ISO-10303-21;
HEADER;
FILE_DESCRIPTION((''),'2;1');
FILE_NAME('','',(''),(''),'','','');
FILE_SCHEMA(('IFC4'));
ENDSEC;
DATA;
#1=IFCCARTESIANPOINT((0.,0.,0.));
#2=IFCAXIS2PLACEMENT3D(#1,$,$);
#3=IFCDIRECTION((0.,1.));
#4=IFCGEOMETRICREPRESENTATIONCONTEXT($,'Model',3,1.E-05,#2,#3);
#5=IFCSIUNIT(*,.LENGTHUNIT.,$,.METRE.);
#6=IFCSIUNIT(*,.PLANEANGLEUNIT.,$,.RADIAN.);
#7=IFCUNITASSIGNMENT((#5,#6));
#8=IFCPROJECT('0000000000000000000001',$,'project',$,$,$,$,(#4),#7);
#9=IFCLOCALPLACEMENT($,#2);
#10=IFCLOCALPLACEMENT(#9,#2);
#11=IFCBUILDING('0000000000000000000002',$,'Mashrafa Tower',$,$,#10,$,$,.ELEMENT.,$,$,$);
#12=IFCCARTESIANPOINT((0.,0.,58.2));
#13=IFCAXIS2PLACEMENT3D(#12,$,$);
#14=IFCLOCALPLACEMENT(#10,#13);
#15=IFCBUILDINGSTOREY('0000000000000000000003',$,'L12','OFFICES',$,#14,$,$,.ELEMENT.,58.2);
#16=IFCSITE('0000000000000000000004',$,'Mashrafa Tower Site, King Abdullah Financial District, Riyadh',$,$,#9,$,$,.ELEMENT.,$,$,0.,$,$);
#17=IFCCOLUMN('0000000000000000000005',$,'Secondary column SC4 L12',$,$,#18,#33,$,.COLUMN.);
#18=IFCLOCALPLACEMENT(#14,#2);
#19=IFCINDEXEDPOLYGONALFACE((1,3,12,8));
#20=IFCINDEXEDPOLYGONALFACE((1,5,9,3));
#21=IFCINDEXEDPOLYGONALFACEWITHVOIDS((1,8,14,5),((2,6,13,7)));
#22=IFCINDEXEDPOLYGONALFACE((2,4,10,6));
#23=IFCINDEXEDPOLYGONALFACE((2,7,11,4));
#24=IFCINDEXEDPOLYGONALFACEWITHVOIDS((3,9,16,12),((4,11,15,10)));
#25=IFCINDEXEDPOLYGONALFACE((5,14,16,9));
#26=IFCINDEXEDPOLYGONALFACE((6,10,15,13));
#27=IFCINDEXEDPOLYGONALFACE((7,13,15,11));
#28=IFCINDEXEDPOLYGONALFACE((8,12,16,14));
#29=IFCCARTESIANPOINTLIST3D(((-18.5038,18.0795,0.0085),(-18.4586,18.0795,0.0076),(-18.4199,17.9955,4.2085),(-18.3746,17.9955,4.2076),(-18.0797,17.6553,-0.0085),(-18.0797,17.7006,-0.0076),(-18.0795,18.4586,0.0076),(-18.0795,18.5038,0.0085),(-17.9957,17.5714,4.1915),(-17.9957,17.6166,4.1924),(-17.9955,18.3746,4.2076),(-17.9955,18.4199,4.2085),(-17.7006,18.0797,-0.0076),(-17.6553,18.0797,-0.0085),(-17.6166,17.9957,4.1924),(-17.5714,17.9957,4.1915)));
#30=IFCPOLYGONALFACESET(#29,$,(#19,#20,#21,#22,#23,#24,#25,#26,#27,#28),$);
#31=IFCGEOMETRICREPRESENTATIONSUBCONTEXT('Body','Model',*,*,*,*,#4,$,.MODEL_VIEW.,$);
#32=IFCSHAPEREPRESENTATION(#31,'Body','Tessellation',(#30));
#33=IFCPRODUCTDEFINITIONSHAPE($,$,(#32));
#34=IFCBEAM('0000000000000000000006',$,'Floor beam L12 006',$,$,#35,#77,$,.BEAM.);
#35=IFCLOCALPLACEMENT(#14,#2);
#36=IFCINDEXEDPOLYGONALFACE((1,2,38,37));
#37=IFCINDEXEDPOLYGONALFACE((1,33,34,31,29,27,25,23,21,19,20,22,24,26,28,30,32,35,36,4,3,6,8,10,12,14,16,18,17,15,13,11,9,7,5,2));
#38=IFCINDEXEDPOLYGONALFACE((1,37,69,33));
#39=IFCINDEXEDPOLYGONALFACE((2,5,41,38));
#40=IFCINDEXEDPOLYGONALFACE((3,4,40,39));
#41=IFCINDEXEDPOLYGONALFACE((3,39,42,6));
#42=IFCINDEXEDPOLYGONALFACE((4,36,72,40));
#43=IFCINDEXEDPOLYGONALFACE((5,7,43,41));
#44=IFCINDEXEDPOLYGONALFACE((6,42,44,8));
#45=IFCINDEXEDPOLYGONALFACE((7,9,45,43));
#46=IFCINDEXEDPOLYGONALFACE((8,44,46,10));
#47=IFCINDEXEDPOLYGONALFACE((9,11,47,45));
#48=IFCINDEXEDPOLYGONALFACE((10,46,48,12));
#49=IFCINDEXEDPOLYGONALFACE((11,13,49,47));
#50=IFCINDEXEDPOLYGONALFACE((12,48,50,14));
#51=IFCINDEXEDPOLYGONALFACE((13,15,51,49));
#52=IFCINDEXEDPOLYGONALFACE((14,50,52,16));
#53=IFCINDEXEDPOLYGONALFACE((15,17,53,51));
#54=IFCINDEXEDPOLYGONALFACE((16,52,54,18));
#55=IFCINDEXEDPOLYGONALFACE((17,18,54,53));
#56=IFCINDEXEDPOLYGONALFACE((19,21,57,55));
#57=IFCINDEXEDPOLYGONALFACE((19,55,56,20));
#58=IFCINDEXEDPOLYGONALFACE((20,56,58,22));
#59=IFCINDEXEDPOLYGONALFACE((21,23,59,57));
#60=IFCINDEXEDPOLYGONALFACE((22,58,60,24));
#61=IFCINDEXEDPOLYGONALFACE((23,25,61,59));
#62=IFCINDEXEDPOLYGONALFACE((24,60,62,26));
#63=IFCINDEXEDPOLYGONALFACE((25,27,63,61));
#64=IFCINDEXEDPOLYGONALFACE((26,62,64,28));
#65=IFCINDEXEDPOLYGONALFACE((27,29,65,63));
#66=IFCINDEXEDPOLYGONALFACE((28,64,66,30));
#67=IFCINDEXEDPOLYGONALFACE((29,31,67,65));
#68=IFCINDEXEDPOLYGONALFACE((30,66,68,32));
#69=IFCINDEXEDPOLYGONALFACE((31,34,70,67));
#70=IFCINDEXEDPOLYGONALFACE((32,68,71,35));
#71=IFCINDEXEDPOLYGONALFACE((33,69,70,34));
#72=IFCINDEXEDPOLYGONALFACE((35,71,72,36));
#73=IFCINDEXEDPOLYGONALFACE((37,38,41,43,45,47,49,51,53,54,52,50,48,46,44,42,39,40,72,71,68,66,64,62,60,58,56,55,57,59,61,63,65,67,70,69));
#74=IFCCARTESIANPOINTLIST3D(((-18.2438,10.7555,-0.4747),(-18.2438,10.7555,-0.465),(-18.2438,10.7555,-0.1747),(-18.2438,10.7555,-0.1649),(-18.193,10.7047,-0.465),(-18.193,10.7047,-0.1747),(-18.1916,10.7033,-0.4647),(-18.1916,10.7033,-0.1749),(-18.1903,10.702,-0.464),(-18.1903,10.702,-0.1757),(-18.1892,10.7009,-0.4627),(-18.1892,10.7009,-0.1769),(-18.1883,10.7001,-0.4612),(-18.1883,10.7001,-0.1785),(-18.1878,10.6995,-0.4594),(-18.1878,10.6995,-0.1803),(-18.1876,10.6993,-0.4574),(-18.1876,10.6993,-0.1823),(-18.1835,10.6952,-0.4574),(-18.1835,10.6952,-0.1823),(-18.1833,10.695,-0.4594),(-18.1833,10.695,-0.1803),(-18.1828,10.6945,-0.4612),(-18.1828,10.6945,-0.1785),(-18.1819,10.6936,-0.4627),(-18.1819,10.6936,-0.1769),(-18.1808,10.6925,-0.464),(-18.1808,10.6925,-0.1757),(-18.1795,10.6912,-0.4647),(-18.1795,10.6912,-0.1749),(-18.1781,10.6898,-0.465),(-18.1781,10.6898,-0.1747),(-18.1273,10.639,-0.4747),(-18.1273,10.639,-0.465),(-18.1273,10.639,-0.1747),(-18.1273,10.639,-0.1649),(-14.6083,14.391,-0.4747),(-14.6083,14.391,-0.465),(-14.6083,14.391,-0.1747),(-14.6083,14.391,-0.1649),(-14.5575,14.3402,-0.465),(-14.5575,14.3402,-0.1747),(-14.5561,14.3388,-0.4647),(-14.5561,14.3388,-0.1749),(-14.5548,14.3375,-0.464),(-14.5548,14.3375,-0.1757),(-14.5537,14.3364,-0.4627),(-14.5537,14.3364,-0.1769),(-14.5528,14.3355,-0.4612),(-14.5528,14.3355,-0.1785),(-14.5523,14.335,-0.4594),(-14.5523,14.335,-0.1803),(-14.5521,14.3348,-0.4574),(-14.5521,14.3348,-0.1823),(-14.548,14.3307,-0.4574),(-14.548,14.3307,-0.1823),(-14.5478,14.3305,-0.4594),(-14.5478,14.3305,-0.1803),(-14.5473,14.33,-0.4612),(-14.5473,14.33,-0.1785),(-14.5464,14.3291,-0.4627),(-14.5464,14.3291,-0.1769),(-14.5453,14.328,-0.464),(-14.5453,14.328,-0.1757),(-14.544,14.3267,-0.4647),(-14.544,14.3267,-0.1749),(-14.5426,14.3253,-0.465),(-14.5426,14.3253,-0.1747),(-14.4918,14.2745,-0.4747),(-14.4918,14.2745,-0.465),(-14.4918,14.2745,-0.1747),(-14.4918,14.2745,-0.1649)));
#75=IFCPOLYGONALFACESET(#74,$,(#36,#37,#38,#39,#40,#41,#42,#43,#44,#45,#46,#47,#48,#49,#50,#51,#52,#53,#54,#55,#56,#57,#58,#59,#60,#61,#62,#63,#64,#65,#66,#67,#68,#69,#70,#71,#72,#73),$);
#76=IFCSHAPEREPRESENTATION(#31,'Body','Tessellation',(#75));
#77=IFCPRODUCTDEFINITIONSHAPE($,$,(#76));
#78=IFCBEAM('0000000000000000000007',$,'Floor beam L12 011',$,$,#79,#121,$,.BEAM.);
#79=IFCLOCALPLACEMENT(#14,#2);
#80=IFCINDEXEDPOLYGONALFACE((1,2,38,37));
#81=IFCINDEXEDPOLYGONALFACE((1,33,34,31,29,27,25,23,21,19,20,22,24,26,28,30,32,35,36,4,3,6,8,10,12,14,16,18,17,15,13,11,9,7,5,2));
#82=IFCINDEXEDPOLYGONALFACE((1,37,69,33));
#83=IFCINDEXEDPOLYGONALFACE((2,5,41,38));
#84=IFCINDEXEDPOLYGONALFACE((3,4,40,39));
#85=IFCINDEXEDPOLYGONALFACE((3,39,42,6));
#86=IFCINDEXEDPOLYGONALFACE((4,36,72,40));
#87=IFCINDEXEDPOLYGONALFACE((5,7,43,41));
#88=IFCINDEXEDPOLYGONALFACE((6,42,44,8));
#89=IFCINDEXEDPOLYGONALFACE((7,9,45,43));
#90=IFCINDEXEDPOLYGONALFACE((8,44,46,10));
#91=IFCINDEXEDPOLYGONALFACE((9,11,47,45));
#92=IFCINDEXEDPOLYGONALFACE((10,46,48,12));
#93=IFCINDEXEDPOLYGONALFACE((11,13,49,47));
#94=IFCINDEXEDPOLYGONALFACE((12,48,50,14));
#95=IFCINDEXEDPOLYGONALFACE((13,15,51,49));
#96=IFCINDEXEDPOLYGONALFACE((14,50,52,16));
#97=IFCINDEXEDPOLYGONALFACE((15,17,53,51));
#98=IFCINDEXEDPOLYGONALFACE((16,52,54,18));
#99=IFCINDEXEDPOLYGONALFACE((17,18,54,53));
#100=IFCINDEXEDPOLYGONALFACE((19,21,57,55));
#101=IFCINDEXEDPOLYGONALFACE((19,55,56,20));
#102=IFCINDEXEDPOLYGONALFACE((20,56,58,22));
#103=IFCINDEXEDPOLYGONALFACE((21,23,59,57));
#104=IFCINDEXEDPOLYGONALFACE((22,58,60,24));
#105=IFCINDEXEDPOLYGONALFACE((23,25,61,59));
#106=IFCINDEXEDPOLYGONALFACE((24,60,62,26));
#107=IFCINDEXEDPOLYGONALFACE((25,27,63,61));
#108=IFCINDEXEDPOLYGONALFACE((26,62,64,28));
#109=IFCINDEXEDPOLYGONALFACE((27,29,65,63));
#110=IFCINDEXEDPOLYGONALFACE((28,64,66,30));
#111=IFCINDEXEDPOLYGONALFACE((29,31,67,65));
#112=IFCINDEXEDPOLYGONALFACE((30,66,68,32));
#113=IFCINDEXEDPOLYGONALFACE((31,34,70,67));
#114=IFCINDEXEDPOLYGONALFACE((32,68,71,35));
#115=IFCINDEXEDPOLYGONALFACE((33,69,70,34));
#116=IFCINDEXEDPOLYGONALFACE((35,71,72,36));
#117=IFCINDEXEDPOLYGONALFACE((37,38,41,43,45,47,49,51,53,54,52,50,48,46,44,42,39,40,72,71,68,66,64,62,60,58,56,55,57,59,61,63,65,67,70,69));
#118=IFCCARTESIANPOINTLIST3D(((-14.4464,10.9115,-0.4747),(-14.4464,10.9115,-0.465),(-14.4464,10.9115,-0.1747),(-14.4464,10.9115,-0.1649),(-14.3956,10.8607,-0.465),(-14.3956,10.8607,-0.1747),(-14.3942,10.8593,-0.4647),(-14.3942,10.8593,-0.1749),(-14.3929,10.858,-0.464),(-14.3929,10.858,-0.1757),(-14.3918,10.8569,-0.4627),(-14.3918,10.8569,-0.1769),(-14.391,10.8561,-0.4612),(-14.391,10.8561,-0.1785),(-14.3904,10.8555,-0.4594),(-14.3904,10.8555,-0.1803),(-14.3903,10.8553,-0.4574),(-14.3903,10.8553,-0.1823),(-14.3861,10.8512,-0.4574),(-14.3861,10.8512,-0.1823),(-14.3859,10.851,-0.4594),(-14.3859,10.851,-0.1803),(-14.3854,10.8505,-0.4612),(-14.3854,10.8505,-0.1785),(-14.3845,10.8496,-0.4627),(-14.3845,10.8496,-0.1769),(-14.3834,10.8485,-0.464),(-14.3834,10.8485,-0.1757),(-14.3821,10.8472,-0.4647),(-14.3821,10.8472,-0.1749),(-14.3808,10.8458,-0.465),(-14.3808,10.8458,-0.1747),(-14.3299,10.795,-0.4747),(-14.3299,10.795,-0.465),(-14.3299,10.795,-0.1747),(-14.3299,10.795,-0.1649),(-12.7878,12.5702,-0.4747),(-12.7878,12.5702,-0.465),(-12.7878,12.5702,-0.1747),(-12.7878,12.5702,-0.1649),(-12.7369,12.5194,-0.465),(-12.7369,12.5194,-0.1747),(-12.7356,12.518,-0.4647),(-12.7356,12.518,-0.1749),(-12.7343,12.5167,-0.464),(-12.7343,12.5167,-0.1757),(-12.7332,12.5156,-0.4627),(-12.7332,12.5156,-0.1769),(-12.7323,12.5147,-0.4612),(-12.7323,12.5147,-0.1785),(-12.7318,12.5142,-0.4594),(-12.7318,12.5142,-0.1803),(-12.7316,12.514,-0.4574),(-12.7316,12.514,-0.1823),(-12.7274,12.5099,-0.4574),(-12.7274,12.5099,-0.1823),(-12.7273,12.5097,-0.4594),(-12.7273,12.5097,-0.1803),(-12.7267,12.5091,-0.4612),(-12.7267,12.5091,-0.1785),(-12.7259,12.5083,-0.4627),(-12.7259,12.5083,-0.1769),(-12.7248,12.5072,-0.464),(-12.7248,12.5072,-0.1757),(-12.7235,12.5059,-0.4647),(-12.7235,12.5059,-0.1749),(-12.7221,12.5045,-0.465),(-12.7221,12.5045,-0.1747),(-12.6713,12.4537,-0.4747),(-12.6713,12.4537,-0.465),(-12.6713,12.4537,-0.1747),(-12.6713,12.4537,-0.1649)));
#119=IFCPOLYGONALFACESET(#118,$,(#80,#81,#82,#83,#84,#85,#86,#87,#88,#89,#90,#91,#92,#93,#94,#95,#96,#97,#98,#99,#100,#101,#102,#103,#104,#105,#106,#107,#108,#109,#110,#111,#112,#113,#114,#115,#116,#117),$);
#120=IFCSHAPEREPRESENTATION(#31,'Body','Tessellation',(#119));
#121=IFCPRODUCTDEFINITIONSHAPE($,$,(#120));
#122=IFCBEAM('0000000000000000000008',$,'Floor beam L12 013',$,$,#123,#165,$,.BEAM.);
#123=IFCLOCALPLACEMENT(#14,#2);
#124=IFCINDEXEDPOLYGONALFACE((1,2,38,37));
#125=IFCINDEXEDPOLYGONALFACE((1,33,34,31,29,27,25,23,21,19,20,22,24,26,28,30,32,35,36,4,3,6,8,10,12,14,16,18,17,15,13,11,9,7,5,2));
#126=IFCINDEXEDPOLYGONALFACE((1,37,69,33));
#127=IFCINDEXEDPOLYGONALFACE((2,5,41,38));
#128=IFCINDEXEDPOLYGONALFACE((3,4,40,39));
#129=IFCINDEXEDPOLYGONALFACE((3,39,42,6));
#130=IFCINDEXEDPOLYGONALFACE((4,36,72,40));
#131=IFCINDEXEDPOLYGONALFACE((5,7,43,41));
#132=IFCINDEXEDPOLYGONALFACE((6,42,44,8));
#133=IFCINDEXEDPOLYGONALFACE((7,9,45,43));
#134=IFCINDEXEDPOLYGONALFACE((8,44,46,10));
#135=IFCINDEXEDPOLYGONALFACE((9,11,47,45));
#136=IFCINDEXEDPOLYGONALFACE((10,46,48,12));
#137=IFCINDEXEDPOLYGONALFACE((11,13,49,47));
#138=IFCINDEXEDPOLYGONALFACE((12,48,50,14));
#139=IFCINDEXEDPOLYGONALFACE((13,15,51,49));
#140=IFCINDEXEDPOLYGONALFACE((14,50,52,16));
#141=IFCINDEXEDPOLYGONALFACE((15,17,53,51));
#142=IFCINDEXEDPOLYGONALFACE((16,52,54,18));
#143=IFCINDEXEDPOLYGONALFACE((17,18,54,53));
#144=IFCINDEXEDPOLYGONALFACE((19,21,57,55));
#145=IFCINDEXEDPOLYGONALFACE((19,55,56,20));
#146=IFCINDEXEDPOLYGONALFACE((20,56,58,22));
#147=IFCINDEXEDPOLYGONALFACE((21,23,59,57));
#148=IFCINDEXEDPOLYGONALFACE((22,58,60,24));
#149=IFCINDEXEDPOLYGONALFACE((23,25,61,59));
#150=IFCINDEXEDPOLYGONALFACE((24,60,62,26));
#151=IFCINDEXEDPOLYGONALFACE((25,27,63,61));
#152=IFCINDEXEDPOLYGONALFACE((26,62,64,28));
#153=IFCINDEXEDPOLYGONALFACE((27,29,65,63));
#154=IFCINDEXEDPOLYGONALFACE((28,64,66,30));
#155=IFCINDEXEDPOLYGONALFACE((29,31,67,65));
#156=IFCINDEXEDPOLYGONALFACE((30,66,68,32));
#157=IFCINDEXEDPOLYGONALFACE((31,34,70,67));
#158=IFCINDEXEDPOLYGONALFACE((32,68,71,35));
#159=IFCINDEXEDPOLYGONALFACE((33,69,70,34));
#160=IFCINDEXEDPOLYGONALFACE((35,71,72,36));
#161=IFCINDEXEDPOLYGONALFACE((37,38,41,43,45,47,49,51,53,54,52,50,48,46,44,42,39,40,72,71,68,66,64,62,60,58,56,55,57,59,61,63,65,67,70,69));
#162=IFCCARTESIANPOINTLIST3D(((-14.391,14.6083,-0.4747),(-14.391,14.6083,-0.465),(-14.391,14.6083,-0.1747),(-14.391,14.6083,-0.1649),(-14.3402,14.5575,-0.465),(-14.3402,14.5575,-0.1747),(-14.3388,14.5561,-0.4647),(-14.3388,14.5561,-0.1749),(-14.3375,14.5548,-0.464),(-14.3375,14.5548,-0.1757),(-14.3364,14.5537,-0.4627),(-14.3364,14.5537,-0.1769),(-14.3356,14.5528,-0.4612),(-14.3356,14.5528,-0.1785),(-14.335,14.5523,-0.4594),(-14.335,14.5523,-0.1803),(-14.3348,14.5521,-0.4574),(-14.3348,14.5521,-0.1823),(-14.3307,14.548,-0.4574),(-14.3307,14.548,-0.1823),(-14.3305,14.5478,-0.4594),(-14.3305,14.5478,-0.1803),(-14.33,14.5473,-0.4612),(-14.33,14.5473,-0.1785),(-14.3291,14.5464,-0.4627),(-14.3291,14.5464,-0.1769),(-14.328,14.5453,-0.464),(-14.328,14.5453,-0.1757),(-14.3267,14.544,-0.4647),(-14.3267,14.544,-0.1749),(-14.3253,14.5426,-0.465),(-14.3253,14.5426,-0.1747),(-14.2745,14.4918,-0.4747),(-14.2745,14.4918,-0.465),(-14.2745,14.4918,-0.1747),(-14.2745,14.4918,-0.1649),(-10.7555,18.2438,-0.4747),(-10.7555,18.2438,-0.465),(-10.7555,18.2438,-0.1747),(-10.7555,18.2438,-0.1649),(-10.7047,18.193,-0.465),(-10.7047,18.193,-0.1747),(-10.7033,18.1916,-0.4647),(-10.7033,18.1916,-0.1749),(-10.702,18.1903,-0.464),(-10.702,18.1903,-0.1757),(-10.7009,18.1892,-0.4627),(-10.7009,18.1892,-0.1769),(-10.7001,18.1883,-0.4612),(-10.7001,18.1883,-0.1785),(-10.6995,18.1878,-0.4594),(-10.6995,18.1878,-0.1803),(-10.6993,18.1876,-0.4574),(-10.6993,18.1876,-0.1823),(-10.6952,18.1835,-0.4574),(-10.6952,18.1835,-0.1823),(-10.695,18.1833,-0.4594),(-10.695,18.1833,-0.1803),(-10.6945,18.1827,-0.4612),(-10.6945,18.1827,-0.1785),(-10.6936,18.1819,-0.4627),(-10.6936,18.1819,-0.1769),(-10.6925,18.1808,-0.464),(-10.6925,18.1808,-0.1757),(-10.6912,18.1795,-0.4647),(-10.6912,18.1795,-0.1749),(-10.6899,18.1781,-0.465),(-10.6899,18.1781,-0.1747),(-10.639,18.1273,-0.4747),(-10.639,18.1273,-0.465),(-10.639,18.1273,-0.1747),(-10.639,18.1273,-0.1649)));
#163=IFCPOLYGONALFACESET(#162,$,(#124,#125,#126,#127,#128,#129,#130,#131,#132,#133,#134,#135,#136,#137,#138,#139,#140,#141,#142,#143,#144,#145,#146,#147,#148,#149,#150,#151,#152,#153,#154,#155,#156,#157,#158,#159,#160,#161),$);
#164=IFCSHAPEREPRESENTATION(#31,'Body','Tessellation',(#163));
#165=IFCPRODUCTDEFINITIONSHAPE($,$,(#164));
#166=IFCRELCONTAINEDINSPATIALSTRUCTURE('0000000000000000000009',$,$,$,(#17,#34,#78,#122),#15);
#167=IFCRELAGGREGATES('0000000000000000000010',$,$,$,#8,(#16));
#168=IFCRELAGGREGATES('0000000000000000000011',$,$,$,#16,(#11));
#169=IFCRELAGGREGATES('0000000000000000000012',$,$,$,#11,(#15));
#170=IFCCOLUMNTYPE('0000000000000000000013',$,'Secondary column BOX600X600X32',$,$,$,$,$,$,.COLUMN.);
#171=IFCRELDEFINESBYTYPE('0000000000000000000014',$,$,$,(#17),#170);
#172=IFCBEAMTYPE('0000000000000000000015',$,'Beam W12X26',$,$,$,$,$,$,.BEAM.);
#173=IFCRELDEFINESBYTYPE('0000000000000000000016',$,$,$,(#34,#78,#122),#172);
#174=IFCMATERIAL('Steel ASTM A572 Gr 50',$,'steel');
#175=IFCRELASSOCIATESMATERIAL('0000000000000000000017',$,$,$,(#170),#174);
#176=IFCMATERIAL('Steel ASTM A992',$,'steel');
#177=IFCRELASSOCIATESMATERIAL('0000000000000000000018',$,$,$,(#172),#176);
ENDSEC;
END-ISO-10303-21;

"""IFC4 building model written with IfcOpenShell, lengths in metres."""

from ifc_helpers import new_model, si_unit, direction, frame, origin, origin_2d, place, context, subcontext, project, spatial, hollow_rectangle, i_section, extrude, material, material_profile, profile_set, type_object, element, save


model = new_model("IFC4")

# Units and contexts
model_context = context("Model", 3, precision=1e-05, world=origin(), true_north=direction((0.0, 1.0)))
body_context = subcontext(model_context, "Body", "Model", "MODEL_VIEW")
ifc_project = project(units=[si_unit("LENGTHUNIT", "METRE"), si_unit("PLANEANGLEUNIT", "RADIAN")], contexts=[model_context])

# Site, building, storey
site_placement = place(None, origin())
site = spatial("IfcSite", under=ifc_project, at=site_placement, Name="Mashrafa Tower Site, King Abdullah Financial District, Riyadh", CompositionType="ELEMENT", RefElevation=0.0)
building_placement = place(site_placement, origin())
building = spatial("IfcBuilding", under=site, at=building_placement, Name="Mashrafa Tower", CompositionType="ELEMENT")
storey_placement = place(building_placement, frame((0.0, 0.0, 58.2)))
storey = spatial("IfcBuildingStorey", under=building, at=storey_placement, Name="L12", Description="OFFICES", CompositionType="ELEMENT", Elevation=58.2)

# Column
ifc_material_1 = material(Name="Steel ASTM A572 Gr 50", Category="steel")
ifc_material_profile_1 = material_profile(ifc_material_1, hollow_rectangle(XDim=0.6001, YDim=0.6001, WallThickness=0.032, at=origin_2d()), Name="BOX600X600X32")
ifc_profile_set_1 = profile_set([ifc_material_profile_1], Name="Steel ASTM A572 Gr 50")
column_type = type_object("IfcColumnType", Name="Secondary column BOX600X600X32", PredefinedType="COLUMN", material=ifc_profile_set_1)
column_placement = place(storey_placement, frame((-18.0796, 18.0796, 0.0), z_axis=(0.019989, -0.019989, 0.9996), x_axis=(0.707107, 0.707107, 0.0)))
element("IfcColumn", 1, at=column_placement, inside=storey, type_object=column_type, Name="Secondary column SC4 L12", PredefinedType="COLUMN", context=body_context, shape_type="SweptSolid", body=[
    extrude(hollow_rectangle(XDim=0.6001, YDim=0.6001, WallThickness=0.032, at=origin_2d()), origin(), (0.0, 0.0, 1.0), 4.2017),
])

# Beams
ifc_material_2 = material(Name="Steel ASTM A992", Category="steel")
ifc_material_profile_2 = material_profile(ifc_material_2, i_section(OverallWidth=0.1648, OverallDepth=0.3098, WebThickness=0.0059, FlangeThickness=0.0098, FilletRadius=0.0076, at=origin_2d()), Name="W12X26")
ifc_profile_set_2 = profile_set([ifc_material_profile_2], Name="Steel ASTM A992")
beam_type_1 = type_object("IfcBeamType", Name="Beam W12X26", PredefinedType="BEAM", material=ifc_profile_set_2)
beam_1_placement = place(storey_placement, frame((-18.1855, 10.6973, -0.3198), z_axis=(0.707107, 0.707107, 0.0), x_axis=(-0.707107, 0.707107, 0.0)))
element("IfcBeam", 2, at=beam_1_placement, inside=storey, type_object=beam_type_1, Name="Floor beam L12 006", PredefinedType="BEAM", context=body_context, shape_type="SweptSolid", body=[
    extrude(i_section(OverallWidth=0.1648, OverallDepth=0.3098, WebThickness=0.0059, FlangeThickness=0.0098, FilletRadius=0.0076, at=origin_2d()), origin(), (0.0, 0.0, 1.0), 5.1414),
])
beam_2_placement = place(storey_placement, frame((-14.3882, 10.8533, -0.3198), z_axis=(0.707107, 0.707107, 0.0), x_axis=(-0.707107, 0.707107, 0.0)))
element("IfcBeam", 3, at=beam_2_placement, inside=storey, type_object=beam_type_1, Name="Floor beam L12 011", PredefinedType="BEAM", context=body_context, shape_type="SweptSolid", body=[
    extrude(i_section(OverallWidth=0.1648, OverallDepth=0.3098, WebThickness=0.0059, FlangeThickness=0.0098, FilletRadius=0.0076, at=origin_2d()), origin(), (0.0, 0.0, 1.0), 2.3457),
])
beam_3_placement = place(storey_placement, frame((-14.3328, 14.55, -0.3198), z_axis=(0.707107, 0.707107, 0.0), x_axis=(-0.707107, 0.707107, 0.0)))
element("IfcBeam", 4, at=beam_3_placement, inside=storey, type_object=beam_type_1, Name="Floor beam L12 013", PredefinedType="BEAM", context=body_context, shape_type="SweptSolid", body=[
    extrude(i_section(OverallWidth=0.1648, OverallDepth=0.3098, WebThickness=0.0059, FlangeThickness=0.0098, FilletRadius=0.0076, at=origin_2d()), origin(), (0.0, 0.0, 1.0), 5.1414),
])

save(model, "model.ifc")
